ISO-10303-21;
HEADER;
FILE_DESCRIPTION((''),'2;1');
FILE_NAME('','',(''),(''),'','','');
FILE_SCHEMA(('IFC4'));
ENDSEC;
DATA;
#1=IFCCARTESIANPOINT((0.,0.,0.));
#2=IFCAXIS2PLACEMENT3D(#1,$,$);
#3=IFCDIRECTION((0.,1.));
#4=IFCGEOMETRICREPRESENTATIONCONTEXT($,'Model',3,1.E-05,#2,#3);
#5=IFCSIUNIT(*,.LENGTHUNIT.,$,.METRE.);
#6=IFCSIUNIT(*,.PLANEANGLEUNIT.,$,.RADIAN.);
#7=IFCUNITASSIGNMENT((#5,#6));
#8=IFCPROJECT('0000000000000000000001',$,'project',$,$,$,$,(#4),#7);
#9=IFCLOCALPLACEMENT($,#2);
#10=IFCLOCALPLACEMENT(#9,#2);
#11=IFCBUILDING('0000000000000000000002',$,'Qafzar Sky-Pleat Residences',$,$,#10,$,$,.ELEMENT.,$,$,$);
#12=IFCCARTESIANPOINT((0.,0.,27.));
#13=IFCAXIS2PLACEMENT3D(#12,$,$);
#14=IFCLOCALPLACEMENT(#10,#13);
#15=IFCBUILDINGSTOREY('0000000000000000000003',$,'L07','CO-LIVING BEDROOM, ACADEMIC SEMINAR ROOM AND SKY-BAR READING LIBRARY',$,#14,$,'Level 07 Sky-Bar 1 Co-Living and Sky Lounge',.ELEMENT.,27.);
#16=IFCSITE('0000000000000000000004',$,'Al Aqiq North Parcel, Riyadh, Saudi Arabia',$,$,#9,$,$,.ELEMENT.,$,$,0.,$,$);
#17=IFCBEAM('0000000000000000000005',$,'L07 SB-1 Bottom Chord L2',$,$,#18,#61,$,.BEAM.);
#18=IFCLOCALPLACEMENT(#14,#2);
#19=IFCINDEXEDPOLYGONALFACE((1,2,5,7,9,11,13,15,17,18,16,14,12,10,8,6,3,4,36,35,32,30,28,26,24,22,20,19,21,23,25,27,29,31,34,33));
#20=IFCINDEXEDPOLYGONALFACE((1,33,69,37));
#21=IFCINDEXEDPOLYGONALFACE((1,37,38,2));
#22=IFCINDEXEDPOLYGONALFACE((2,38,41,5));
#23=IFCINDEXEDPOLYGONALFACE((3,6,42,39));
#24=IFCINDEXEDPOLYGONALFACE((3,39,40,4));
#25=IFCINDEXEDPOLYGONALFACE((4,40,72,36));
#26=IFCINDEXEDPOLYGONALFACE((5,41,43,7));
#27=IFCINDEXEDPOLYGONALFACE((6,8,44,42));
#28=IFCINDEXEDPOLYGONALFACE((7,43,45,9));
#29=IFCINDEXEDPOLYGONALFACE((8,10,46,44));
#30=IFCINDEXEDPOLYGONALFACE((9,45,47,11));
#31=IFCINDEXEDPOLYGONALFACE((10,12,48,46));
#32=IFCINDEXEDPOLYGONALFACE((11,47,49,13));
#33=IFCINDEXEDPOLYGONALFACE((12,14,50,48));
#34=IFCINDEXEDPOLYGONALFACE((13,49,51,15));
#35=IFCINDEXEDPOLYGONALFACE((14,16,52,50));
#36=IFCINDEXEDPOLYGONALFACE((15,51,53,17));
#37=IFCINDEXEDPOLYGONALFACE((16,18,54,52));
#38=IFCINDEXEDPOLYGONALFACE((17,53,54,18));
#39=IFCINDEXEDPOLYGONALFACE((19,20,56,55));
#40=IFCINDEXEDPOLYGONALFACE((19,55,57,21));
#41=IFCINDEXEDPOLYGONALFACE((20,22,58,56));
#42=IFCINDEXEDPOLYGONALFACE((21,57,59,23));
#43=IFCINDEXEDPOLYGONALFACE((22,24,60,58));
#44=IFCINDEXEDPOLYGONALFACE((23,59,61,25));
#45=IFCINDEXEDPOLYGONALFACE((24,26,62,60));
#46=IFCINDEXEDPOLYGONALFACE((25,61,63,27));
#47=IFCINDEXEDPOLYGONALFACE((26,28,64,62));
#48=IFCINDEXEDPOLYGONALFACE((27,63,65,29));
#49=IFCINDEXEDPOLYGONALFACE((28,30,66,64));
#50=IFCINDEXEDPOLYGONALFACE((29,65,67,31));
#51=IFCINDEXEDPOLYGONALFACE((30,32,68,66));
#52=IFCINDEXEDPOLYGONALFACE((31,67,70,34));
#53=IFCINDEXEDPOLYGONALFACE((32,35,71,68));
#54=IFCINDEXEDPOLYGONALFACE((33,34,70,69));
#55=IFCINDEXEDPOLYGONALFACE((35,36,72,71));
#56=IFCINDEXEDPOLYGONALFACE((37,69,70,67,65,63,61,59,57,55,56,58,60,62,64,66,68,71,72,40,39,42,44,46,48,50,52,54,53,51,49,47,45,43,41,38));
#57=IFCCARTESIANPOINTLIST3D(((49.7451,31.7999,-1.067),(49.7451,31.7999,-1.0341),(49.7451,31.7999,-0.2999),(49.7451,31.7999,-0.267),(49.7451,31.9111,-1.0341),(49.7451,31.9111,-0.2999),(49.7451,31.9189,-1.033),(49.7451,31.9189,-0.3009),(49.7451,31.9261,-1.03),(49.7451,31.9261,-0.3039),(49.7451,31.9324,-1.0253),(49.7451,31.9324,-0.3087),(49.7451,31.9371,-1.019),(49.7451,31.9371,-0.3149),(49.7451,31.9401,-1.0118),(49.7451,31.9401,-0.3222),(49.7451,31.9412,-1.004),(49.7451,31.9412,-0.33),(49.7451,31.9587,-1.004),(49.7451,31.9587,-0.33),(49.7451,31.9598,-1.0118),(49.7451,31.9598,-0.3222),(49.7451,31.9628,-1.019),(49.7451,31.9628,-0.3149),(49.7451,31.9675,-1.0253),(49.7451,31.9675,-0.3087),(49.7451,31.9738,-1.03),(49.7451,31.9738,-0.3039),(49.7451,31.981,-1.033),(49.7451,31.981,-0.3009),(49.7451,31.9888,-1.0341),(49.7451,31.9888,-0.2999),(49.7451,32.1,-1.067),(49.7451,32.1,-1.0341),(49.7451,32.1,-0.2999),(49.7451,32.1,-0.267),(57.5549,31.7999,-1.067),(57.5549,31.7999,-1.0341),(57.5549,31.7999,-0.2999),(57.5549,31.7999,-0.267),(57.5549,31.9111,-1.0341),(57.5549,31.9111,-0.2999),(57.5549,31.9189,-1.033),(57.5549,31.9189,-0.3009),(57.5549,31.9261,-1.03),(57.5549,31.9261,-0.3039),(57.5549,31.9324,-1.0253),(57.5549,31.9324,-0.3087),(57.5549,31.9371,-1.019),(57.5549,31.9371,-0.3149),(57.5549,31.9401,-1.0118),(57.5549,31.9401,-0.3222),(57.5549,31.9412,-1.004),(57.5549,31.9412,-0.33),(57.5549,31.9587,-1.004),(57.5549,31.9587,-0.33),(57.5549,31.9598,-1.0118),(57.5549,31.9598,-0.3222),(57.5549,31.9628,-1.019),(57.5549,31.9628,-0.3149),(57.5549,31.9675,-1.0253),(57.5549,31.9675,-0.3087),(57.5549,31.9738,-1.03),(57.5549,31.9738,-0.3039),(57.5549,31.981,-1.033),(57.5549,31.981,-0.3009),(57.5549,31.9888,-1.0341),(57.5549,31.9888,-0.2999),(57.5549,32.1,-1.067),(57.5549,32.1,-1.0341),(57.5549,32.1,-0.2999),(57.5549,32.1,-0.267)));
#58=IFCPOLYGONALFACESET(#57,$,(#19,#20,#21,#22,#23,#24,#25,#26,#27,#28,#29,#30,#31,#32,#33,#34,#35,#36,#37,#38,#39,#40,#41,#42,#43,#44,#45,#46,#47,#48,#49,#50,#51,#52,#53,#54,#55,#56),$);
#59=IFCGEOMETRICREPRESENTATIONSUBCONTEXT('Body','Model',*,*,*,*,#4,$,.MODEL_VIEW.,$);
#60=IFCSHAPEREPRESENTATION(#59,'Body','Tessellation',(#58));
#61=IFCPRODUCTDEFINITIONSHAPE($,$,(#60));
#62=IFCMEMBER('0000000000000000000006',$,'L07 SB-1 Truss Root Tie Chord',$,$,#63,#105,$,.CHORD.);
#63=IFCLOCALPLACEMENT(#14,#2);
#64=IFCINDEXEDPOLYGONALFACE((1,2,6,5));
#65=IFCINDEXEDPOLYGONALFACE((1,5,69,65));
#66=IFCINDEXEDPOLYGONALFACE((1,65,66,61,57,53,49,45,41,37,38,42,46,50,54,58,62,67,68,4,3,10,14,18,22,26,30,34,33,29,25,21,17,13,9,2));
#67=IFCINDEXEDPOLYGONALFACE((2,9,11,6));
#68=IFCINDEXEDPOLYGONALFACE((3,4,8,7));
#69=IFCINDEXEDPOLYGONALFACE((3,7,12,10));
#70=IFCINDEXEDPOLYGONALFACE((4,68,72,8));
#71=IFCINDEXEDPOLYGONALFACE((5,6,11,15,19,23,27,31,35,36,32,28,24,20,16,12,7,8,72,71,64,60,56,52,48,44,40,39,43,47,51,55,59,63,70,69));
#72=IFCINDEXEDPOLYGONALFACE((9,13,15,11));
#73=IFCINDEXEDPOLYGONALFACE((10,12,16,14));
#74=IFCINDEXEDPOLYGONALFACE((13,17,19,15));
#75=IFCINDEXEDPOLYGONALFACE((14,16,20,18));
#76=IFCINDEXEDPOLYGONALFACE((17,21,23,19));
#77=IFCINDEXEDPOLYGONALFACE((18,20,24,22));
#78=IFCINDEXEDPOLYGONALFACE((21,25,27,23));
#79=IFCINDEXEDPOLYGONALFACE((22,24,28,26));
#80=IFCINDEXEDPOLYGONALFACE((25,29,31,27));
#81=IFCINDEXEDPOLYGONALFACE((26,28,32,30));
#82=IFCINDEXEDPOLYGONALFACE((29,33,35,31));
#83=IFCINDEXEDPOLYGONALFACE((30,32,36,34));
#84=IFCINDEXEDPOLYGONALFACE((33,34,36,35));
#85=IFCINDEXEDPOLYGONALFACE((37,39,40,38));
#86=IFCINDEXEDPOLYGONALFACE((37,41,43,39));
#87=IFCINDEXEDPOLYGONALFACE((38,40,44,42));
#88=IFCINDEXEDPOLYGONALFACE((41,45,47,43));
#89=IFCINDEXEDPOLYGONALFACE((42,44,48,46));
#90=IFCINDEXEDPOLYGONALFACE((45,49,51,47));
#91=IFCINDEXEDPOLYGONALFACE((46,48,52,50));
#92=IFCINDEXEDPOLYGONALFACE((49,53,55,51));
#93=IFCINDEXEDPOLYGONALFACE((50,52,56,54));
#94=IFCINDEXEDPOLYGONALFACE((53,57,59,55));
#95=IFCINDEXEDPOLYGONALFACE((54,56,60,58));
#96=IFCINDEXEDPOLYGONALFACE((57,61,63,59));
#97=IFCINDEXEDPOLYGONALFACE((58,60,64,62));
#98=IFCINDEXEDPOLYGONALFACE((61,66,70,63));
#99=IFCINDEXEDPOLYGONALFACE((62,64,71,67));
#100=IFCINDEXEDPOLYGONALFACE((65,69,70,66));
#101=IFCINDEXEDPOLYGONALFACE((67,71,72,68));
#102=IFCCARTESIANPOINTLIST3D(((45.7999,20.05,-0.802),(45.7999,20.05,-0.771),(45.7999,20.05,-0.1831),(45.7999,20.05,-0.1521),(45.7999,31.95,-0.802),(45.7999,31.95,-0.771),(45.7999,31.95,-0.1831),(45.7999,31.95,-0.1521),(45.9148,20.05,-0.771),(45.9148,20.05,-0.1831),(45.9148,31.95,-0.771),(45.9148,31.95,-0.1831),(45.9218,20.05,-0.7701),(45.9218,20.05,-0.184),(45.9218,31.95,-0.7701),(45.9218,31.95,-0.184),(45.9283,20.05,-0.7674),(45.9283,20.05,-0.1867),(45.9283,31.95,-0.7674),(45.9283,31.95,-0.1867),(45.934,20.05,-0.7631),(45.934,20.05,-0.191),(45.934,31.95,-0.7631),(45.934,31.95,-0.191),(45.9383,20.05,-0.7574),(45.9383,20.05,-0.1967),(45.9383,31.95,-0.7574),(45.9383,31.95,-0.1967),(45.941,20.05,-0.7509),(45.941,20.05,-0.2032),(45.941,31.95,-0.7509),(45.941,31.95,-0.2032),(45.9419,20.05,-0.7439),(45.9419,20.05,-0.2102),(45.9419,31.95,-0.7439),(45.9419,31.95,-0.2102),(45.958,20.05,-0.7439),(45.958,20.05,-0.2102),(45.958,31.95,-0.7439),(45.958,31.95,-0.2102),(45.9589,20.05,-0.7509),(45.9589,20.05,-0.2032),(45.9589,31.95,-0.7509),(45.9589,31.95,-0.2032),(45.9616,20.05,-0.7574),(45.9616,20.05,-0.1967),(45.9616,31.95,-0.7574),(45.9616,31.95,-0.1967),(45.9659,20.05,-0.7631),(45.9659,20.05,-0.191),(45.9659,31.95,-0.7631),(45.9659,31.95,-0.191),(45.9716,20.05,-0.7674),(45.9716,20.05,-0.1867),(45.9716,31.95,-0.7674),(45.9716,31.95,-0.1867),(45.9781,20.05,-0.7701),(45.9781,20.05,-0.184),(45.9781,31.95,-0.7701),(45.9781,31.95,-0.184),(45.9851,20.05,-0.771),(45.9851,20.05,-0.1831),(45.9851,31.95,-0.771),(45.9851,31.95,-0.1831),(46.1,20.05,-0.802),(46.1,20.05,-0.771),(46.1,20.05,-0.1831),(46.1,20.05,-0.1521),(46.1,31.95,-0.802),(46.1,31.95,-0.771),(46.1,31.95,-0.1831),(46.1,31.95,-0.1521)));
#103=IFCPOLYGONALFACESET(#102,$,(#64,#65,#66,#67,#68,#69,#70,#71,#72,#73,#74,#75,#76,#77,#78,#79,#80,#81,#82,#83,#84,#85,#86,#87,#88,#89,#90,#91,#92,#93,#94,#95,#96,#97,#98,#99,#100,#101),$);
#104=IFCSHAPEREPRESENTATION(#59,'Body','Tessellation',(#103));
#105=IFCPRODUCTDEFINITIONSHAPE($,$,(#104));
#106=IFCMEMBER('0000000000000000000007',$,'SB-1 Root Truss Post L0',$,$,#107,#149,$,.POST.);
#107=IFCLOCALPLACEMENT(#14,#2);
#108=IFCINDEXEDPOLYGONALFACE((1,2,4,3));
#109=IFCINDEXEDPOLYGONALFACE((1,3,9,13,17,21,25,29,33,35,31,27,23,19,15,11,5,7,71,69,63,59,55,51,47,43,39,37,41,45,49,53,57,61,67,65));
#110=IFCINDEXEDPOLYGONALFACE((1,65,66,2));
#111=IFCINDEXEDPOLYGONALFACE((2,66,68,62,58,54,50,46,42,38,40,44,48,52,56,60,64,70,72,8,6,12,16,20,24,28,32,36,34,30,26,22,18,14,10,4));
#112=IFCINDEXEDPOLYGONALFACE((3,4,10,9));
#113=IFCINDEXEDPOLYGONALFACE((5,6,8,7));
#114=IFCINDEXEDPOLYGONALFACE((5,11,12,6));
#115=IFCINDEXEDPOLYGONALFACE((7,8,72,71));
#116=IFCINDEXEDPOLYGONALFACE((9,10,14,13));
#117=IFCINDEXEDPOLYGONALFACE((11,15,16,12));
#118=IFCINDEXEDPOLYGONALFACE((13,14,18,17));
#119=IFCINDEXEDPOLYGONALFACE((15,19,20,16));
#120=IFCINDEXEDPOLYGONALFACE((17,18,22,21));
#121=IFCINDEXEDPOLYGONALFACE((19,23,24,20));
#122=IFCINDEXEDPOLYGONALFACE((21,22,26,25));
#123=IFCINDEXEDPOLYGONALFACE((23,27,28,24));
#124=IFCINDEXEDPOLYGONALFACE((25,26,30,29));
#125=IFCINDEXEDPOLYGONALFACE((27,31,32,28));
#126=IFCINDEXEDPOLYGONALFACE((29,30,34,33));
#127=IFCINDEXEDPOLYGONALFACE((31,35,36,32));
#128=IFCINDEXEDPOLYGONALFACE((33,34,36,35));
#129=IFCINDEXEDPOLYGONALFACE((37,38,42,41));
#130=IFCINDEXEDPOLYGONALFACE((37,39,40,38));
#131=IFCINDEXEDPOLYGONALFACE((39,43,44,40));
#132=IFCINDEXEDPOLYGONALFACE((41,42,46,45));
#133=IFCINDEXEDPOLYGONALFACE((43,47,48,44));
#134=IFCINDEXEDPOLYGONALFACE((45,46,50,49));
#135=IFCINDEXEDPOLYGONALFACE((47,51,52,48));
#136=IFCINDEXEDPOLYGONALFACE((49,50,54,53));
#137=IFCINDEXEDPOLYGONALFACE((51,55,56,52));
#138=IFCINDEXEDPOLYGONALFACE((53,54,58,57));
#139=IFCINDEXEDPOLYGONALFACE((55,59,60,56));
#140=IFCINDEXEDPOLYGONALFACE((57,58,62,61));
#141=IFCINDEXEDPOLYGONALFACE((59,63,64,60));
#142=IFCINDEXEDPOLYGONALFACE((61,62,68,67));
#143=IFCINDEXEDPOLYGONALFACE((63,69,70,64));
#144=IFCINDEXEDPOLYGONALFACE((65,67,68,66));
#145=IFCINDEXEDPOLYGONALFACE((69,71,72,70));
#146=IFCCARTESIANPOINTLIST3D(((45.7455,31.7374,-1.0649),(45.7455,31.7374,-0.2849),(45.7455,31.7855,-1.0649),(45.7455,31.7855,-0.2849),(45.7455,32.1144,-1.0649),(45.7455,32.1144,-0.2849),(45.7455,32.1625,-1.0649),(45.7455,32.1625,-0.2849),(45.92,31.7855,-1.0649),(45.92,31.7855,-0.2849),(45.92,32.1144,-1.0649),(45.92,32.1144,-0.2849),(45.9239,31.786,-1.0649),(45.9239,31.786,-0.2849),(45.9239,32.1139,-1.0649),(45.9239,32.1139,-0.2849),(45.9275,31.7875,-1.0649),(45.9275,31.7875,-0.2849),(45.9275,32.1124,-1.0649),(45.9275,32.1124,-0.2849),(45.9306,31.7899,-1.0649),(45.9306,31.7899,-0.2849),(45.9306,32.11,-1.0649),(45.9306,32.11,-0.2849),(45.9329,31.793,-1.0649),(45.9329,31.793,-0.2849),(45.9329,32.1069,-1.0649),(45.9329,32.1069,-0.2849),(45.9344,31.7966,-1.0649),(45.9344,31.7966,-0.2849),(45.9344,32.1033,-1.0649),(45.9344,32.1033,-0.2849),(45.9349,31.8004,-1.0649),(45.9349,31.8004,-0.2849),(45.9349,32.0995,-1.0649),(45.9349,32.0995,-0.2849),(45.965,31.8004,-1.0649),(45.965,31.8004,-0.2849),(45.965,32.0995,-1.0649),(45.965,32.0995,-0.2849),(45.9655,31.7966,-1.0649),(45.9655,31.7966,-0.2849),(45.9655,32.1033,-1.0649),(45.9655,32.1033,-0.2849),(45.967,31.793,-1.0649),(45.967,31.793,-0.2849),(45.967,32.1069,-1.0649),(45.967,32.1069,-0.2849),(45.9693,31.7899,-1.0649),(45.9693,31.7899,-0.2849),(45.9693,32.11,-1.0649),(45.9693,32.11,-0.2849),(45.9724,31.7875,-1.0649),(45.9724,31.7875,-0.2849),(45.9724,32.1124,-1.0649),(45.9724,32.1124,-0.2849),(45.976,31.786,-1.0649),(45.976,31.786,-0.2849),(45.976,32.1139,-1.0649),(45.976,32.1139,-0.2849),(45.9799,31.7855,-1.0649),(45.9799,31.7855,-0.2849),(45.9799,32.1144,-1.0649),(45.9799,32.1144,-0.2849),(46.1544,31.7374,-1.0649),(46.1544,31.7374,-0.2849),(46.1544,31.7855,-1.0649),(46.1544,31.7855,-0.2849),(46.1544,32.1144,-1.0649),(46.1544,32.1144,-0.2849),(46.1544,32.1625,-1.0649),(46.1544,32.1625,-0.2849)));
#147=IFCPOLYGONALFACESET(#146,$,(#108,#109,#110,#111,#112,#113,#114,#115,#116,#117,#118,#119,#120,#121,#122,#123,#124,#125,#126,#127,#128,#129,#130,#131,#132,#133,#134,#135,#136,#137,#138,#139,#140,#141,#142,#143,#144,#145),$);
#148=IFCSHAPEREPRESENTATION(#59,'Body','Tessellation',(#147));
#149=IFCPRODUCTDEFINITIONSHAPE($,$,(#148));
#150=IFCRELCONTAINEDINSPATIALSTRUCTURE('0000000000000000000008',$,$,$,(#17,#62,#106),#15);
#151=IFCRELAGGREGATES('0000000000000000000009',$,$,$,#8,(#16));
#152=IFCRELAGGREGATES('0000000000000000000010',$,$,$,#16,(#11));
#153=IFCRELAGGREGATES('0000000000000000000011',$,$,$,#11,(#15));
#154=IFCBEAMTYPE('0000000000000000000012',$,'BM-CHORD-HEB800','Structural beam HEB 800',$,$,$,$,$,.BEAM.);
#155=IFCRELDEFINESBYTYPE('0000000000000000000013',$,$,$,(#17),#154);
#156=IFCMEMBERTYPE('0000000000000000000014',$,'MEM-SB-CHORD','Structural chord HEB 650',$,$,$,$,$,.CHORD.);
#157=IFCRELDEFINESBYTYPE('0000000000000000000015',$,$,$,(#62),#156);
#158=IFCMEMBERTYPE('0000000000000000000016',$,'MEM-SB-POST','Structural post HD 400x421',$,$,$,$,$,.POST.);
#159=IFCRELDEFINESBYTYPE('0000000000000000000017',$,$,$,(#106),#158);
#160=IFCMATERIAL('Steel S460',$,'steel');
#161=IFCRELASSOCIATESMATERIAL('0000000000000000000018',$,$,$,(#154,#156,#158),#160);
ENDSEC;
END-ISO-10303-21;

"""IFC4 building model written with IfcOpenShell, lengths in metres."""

from ifc_helpers import new_model, si_unit, direction, frame, origin, origin_2d, place, context, subcontext, project, spatial, i_section, extrude, source, transform, mapped, material, material_profile, profile_set, type_object, element, save


model = new_model("IFC4")

# Units and contexts
model_context = context("Model", 3, precision=1e-05, world=origin(), true_north=direction((0.0, 1.0)))
body_context = subcontext(model_context, "Body", "Model", "MODEL_VIEW")
ifc_project = project(units=[si_unit("LENGTHUNIT", "METRE"), si_unit("PLANEANGLEUNIT", "RADIAN")], contexts=[model_context])

# Site, building, storey
site_placement = place(None, origin())
site = spatial("IfcSite", under=ifc_project, at=site_placement, Name="Al Aqiq North Parcel, Riyadh, Saudi Arabia", CompositionType="ELEMENT", RefElevation=0.0)
building_placement = place(site_placement, origin())
building = spatial("IfcBuilding", under=site, at=building_placement, Name="Qafzar Sky-Pleat Residences", CompositionType="ELEMENT")
storey_placement = place(building_placement, frame((0.0, 0.0, 27.0)))
storey = spatial("IfcBuildingStorey", under=building, at=storey_placement, Name="L07", Description="CO-LIVING BEDROOM, ACADEMIC SEMINAR ROOM AND SKY-BAR READING LIBRARY", LongName="Level 07 Sky-Bar 1 Co-Living and Sky Lounge", CompositionType="ELEMENT", Elevation=27.0)

# Beam
ifc_material_1 = material(Name="Steel S460", Category="steel")
ifc_material_profile_1 = material_profile(ifc_material_1, i_section(OverallWidth=0.3, OverallDepth=0.8, WebThickness=0.0176, FlangeThickness=0.033, FilletRadius=0.03, at=origin_2d()), Name="HEB 800")
ifc_profile_set_1 = profile_set([ifc_material_profile_1], Name="Steel S460")
beam_type_1 = type_object("IfcBeamType", Name="BM-CHORD-HEB800", Description="Structural beam HEB 800", PredefinedType="BEAM", material=ifc_profile_set_1)
shared_shape_1 = source(origin(), body_context, "Body", "SweptSolid", [
    extrude(i_section(OverallWidth=0.3, OverallDepth=0.8, WebThickness=0.0176, FlangeThickness=0.033, FilletRadius=0.03, at=origin_2d()), origin(), (0.0, 0.0, 1.0), 7.8098),
])
for number, where, z_axis, x_axis, name in (
    (1, (49.7451, 31.95, -0.667), (1.0, 0.0, 0.0), (0.0, 1.0, 0.0), "L07 SB-1 Bottom Chord L2"),
):
    element("IfcBeam", number, at=place(storey_placement, frame(where, z_axis=z_axis, x_axis=x_axis)), inside=storey, type_object=beam_type_1, Name=name, PredefinedType="BEAM", context=body_context, shape_type="MappedRepresentation", body=[
        mapped(shared_shape_1, transform((0.0, 0.0, 0.0), x_axis=(1.0, 0.0, 0.0), y_axis=(0.0, 1.0, 0.0), z_axis=(0.0, 0.0, 1.0), scale=1.0)),
    ])

# Members
ifc_material_profile_2 = material_profile(ifc_material_1, i_section(OverallWidth=0.3, OverallDepth=0.6499, WebThickness=0.0161, FlangeThickness=0.031, FilletRadius=0.0271, at=origin_2d()), Name="HEB 650")
ifc_profile_set_2 = profile_set([ifc_material_profile_2], Name="Steel S460")
member_type_1 = type_object("IfcMemberType", Name="MEM-SB-CHORD", Description="Structural chord HEB 650", PredefinedType="CHORD", material=ifc_profile_set_2)
shared_shape_2 = source(origin(), body_context, "Body", "SweptSolid", [
    extrude(i_section(OverallWidth=0.3, OverallDepth=0.6499, WebThickness=0.0161, FlangeThickness=0.031, FilletRadius=0.0271, at=origin_2d()), origin(), (0.0, 0.0, 1.0), 11.8999),
])
member_1_placement = place(storey_placement, frame((45.95, 31.95, -0.4771), z_axis=(0.0, -1.0, 0.0), x_axis=(1.0, 0.0, 0.0)))
element("IfcMember", 2, at=member_1_placement, inside=storey, type_object=member_type_1, Name="L07 SB-1 Truss Root Tie Chord", PredefinedType="CHORD", context=body_context, shape_type="MappedRepresentation", body=[
    mapped(shared_shape_2, transform((0.0, 0.0, 0.0), x_axis=(1.0, 0.0, 0.0), y_axis=(0.0, 1.0, 0.0), z_axis=(0.0, 0.0, 1.0), scale=1.0)),
])
ifc_material_profile_3 = material_profile(ifc_material_1, i_section(OverallWidth=0.4089, OverallDepth=0.425, WebThickness=0.03, FlangeThickness=0.0481, FilletRadius=0.0149, at=origin_2d()), Name="HD 400x421")
ifc_profile_set_3 = profile_set([ifc_material_profile_3], Name="Steel S460")
member_type_2 = type_object("IfcMemberType", Name="MEM-SB-POST", Description="Structural post HD 400x421", PredefinedType="POST", material=ifc_profile_set_3)
shared_shape_3 = source(origin(), body_context, "Body", "SweptSolid", [
    extrude(i_section(OverallWidth=0.4089, OverallDepth=0.425, WebThickness=0.03, FlangeThickness=0.0481, FilletRadius=0.0149, at=origin_2d()), origin(), (0.0, 0.0, 1.0), 0.78),
])
member_2_placement = place(storey_placement, frame((45.95, 31.95, -1.0649), z_axis=(0.0, 0.0, 1.0), x_axis=(1.0, 0.0, 0.0)))
element("IfcMember", 3, at=member_2_placement, inside=storey, type_object=member_type_2, Name="SB-1 Root Truss Post L0", PredefinedType="POST", context=body_context, shape_type="MappedRepresentation", body=[
    mapped(shared_shape_3, transform((0.0, 0.0, 0.0), x_axis=(1.0, 0.0, 0.0), y_axis=(0.0, 1.0, 0.0), z_axis=(0.0, 0.0, 1.0), scale=1.0)),
])

save(model, "model.ifc")
